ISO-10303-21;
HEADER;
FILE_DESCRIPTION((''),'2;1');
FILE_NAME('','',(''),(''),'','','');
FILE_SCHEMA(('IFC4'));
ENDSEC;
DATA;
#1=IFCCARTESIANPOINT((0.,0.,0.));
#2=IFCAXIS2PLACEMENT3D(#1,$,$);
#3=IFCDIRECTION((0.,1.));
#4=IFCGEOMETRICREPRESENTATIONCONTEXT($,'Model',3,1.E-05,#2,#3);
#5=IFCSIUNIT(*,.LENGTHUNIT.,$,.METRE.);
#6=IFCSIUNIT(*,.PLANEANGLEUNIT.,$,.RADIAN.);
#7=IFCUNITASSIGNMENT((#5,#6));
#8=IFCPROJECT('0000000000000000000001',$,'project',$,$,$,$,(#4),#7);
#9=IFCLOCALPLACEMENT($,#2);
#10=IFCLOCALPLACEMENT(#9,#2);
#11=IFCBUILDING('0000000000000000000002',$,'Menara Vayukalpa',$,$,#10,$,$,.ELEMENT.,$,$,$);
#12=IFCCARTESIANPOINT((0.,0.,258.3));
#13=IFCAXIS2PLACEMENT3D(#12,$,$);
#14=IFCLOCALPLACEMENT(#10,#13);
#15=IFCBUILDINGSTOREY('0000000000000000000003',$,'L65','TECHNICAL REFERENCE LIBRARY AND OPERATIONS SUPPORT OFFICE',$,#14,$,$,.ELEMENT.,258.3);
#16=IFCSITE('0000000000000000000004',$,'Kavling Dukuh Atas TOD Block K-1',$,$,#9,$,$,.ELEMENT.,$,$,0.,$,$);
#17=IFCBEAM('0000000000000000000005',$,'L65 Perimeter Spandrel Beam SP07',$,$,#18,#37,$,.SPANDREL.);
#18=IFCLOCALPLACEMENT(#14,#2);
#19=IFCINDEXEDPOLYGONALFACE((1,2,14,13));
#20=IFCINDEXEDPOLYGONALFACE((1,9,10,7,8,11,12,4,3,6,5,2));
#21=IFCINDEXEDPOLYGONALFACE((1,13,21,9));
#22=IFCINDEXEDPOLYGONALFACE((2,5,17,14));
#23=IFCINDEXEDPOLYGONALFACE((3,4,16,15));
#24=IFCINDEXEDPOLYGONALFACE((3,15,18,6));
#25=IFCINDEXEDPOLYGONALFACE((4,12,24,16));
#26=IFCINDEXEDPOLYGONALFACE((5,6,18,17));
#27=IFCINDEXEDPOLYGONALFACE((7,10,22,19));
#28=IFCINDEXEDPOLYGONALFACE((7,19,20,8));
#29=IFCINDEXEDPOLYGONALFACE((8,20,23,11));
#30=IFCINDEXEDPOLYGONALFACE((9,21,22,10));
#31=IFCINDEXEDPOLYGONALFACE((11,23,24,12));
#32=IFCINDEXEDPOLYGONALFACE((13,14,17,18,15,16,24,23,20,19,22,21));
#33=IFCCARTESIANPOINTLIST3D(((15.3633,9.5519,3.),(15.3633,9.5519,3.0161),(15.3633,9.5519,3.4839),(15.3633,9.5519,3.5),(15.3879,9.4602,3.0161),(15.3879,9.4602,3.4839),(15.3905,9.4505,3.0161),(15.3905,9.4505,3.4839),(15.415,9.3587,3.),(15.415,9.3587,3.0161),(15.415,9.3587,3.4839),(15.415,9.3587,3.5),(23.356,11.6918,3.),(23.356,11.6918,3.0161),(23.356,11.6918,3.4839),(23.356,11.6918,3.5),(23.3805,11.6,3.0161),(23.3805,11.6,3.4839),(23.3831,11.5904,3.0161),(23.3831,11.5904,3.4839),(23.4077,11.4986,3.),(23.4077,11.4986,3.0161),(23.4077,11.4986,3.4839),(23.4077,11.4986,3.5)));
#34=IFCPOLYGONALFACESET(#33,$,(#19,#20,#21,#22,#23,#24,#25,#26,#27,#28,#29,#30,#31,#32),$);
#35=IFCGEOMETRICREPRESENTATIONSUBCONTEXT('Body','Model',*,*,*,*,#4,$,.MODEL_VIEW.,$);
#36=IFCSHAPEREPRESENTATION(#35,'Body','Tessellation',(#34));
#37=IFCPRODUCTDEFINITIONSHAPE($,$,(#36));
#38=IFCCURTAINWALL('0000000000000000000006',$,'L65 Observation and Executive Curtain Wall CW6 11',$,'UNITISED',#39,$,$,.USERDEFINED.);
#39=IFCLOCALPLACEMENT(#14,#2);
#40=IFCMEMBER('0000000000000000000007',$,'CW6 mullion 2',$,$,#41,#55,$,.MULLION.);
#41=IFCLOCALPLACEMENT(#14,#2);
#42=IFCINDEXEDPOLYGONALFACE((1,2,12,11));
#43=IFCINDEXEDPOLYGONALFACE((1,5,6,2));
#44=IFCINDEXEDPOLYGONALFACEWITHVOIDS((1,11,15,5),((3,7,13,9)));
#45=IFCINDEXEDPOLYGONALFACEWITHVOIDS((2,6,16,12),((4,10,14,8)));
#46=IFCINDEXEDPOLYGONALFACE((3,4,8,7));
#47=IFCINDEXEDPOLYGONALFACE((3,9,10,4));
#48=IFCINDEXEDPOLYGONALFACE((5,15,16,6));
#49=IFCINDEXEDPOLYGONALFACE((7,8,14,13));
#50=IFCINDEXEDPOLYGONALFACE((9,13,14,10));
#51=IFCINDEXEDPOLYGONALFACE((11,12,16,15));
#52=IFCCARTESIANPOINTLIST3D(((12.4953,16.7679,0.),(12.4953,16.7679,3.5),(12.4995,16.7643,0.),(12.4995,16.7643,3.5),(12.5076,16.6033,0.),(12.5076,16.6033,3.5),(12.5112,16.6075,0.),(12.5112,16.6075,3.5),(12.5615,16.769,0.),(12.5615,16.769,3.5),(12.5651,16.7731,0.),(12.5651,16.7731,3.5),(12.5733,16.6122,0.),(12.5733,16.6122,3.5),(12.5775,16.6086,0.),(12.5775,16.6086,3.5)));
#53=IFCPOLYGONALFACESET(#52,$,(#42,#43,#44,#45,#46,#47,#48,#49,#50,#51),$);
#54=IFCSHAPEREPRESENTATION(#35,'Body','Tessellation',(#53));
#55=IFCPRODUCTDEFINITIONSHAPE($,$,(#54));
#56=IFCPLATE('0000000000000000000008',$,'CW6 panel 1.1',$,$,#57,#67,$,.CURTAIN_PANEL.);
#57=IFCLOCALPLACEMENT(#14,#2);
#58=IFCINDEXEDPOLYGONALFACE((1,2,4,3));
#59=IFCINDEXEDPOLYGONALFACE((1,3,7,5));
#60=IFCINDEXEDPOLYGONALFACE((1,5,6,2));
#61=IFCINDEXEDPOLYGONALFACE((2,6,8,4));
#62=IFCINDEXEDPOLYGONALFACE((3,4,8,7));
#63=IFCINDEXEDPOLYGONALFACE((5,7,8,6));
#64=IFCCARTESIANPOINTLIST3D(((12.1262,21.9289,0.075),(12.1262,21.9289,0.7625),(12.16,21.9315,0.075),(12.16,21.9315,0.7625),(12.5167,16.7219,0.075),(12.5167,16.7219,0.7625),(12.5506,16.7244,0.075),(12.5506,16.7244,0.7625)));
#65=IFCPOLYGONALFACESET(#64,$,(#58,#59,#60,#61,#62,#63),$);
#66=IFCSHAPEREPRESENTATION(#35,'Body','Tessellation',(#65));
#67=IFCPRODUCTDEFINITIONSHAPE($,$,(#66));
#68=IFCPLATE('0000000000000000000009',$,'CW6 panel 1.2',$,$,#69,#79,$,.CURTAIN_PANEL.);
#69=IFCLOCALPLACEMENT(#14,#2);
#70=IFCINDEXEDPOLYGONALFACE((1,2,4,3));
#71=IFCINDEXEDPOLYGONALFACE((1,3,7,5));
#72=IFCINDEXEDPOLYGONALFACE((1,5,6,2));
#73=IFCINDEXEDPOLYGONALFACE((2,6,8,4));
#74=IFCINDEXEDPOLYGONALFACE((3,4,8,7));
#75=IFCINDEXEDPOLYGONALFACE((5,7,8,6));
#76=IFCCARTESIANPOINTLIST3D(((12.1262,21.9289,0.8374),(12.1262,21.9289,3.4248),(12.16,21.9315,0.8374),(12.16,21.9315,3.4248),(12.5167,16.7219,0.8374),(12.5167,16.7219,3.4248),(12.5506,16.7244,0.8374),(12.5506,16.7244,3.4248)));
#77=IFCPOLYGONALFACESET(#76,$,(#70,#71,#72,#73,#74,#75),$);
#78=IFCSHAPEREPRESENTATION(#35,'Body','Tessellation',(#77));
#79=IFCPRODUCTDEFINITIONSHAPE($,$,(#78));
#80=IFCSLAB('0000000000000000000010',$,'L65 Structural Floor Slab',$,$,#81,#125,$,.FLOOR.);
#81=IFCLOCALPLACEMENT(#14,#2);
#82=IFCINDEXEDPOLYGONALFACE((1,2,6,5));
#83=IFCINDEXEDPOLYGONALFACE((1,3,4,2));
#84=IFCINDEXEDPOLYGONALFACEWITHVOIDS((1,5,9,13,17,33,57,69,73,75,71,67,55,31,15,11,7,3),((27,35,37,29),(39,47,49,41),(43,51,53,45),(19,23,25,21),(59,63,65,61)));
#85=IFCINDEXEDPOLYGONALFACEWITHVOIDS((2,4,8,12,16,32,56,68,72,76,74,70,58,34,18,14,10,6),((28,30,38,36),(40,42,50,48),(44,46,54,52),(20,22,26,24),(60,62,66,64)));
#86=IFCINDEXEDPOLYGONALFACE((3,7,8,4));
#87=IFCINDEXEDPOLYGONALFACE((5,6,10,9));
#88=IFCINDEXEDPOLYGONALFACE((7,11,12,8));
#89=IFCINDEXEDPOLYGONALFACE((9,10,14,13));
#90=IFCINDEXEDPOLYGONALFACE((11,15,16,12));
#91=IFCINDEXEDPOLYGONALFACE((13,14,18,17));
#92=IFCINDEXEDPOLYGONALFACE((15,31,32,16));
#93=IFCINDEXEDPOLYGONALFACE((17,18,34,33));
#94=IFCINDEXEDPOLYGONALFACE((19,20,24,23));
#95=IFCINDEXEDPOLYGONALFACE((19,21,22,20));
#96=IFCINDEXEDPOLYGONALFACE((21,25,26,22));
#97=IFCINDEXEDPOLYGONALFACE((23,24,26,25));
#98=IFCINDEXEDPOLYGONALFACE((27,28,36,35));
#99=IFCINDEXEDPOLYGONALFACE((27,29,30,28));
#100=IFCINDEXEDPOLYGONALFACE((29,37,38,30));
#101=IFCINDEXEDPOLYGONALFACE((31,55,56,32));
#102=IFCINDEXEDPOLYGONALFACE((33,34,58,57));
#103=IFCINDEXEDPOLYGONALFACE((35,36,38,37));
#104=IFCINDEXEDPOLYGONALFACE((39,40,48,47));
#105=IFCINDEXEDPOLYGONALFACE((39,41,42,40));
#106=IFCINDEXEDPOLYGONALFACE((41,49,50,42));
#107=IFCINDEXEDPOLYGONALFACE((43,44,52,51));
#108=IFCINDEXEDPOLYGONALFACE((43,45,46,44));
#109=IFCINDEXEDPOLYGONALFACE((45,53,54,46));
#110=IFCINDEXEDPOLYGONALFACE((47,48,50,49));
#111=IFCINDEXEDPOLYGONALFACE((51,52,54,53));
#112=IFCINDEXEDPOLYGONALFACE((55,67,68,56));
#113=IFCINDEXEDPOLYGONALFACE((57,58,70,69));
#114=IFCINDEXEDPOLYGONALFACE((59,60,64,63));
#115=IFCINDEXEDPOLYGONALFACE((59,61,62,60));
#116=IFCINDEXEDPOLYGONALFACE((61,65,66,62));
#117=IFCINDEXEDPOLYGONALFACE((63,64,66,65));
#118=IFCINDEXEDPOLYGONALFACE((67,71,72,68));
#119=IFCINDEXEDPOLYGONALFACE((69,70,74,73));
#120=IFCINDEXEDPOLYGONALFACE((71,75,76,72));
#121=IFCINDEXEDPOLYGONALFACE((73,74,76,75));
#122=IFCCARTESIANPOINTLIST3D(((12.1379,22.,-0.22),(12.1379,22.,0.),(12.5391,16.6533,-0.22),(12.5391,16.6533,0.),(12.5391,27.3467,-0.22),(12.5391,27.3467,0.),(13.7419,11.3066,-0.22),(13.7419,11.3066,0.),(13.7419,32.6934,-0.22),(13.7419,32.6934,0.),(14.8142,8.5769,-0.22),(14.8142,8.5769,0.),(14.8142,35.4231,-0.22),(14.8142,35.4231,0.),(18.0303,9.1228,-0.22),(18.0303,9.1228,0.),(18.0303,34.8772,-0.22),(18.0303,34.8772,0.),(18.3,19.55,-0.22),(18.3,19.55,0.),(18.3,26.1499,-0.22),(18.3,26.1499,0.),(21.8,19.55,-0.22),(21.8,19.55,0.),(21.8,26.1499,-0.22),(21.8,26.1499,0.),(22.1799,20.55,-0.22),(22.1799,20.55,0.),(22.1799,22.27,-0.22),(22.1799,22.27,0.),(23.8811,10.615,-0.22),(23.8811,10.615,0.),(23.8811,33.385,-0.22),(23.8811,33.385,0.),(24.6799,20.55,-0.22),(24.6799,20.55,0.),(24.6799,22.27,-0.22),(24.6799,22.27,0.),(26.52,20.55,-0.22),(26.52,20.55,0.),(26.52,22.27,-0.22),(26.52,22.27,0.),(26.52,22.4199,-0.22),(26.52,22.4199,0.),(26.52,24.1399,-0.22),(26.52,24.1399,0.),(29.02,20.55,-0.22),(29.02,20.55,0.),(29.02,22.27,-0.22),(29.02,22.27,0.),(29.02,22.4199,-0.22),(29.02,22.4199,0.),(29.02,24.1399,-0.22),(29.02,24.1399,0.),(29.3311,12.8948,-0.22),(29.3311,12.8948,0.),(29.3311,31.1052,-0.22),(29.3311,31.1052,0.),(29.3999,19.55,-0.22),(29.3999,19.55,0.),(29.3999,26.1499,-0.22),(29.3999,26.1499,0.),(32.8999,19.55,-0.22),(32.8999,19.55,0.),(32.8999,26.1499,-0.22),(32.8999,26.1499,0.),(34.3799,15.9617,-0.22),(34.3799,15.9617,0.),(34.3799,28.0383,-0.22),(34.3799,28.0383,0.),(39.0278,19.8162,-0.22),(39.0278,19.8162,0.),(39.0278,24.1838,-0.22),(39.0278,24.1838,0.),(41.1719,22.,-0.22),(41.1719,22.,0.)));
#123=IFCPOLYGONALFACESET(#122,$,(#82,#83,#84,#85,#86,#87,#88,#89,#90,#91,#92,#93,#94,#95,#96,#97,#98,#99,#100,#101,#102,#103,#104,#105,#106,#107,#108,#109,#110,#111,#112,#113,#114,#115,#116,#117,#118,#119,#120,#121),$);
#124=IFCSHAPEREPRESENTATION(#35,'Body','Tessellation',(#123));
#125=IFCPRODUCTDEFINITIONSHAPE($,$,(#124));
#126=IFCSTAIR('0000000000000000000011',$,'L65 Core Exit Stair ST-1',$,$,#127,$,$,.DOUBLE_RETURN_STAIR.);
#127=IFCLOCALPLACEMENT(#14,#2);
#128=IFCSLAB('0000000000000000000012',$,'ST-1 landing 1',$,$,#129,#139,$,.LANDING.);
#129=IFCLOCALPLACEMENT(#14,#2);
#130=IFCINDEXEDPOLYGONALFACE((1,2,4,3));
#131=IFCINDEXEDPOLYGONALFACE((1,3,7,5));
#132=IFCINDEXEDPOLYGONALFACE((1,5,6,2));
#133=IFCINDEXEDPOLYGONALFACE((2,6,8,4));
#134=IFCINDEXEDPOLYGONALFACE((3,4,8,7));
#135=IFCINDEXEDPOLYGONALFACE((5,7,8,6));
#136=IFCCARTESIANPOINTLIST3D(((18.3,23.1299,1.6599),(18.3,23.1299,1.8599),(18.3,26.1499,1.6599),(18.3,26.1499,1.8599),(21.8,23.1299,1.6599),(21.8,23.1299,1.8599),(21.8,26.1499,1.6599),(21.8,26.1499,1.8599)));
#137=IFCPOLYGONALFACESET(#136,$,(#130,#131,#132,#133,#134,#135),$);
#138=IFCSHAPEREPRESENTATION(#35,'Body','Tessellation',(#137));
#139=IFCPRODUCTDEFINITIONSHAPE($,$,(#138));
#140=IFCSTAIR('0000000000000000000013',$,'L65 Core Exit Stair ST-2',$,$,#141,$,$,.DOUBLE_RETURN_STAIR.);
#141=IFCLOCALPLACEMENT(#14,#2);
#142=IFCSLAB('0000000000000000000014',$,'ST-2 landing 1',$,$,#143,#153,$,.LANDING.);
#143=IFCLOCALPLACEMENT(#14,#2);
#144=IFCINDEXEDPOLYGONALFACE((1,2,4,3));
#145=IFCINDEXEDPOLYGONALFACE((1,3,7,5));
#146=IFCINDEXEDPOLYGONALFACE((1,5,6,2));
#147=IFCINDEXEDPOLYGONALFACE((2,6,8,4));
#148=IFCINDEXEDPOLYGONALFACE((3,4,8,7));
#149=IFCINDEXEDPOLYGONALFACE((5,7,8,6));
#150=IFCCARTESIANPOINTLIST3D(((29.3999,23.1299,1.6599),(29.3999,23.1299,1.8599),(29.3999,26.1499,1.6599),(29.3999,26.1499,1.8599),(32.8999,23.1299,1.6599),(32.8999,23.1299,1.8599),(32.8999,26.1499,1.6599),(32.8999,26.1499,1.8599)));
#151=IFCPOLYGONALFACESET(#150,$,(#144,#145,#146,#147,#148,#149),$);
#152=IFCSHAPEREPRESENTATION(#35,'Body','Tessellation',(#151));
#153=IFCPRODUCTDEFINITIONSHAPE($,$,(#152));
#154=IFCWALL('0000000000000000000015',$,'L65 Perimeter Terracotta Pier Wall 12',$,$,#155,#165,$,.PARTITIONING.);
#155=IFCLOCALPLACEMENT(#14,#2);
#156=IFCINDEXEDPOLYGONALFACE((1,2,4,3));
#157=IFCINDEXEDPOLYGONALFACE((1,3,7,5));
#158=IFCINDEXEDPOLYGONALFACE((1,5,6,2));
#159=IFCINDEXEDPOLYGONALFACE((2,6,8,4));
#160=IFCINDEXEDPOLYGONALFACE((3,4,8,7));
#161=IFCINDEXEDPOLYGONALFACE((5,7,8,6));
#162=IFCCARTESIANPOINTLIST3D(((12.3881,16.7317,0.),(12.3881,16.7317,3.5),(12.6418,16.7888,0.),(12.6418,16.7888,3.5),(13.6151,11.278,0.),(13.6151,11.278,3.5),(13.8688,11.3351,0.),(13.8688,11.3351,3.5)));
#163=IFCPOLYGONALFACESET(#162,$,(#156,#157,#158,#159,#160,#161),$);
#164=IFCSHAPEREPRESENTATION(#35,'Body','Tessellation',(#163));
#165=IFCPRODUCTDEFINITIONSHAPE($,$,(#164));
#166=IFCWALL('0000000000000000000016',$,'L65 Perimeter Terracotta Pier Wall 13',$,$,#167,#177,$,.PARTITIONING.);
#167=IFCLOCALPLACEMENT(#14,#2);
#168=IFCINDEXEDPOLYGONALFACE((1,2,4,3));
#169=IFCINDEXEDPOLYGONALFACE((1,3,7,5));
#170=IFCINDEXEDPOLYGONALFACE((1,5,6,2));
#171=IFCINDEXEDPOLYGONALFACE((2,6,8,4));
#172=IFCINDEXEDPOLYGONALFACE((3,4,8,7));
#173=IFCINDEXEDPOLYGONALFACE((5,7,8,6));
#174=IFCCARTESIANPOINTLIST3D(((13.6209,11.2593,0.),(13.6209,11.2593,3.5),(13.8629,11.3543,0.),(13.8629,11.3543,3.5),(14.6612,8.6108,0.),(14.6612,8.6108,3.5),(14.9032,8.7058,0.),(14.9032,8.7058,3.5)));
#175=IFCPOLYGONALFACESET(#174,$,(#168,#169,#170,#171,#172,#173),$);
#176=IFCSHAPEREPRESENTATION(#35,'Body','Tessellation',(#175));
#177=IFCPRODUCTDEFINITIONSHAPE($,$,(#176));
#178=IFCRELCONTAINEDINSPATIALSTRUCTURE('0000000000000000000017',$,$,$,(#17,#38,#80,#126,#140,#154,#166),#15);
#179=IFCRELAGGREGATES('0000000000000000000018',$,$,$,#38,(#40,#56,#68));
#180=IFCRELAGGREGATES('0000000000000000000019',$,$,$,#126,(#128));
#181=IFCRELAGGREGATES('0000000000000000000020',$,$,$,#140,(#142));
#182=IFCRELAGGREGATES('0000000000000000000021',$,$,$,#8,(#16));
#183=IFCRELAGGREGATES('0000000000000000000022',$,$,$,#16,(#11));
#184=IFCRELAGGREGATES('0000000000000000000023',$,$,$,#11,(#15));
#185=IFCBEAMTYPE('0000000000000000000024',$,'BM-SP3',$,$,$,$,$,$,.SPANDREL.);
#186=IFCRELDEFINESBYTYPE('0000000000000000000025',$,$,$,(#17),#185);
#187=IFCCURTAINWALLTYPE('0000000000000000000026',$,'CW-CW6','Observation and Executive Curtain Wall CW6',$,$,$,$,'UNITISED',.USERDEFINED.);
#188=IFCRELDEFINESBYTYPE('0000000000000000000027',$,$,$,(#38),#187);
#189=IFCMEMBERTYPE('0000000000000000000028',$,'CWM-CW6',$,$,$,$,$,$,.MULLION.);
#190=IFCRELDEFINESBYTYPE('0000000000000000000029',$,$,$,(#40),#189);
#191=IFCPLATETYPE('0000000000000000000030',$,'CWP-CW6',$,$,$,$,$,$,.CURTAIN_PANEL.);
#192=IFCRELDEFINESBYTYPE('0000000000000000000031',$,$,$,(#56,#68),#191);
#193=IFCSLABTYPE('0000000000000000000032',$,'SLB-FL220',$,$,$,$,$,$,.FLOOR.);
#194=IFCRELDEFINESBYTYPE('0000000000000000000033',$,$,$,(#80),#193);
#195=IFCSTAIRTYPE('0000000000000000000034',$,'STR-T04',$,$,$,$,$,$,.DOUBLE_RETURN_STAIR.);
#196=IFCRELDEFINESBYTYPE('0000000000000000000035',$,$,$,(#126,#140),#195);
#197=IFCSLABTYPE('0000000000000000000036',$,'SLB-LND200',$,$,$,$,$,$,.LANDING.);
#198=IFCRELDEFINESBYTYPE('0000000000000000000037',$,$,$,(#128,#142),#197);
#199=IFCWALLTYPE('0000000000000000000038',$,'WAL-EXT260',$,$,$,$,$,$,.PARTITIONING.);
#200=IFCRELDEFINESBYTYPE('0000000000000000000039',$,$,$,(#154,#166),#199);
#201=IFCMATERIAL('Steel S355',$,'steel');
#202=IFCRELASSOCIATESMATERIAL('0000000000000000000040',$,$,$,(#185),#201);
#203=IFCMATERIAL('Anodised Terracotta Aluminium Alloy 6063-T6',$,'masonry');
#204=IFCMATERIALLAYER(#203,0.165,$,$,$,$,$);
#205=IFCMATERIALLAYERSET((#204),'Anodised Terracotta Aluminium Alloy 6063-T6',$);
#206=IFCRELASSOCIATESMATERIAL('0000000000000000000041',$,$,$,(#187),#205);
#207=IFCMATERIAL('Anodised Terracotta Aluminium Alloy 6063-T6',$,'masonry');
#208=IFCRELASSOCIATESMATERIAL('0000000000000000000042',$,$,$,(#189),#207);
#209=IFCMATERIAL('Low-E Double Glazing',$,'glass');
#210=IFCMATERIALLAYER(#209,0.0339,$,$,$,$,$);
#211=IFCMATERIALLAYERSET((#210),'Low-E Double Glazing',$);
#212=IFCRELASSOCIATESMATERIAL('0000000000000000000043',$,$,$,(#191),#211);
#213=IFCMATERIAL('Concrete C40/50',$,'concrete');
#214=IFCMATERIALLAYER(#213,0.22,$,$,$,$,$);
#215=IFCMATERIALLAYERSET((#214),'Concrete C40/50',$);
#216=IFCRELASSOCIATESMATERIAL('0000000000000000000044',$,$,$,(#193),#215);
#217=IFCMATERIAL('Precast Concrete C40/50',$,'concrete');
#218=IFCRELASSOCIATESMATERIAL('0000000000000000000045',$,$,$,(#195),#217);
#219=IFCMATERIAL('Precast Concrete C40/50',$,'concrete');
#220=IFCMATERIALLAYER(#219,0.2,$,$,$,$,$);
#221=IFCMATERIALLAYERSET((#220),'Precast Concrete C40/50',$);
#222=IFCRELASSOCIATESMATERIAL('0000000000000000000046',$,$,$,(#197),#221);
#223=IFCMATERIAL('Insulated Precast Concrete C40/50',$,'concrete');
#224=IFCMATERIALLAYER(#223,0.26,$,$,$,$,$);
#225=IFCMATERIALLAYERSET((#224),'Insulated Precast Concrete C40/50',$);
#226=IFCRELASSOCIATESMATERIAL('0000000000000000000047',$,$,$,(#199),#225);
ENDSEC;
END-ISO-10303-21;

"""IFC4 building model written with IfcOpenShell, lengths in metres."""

from ifc_helpers import new_model, si_unit, direction, frame, frame_2d, origin, origin_2d, place, context, subcontext, project, spatial, polyline, rectangle, hollow_rectangle, i_section, outline, extrude, material, layer, layer_set, material_profile, profile_set, type_object, element, aggregate, save


model = new_model("IFC4")

# Units and contexts
model_context = context("Model", 3, precision=1e-05, world=origin(), true_north=direction((0.0, 1.0)))
body_context = subcontext(model_context, "Body", "Model", "MODEL_VIEW")
ifc_project = project(units=[si_unit("LENGTHUNIT", "METRE"), si_unit("PLANEANGLEUNIT", "RADIAN")], contexts=[model_context])

# Site, building, storey
site_placement = place(None, origin())
site = spatial("IfcSite", under=ifc_project, at=site_placement, Name="Kavling Dukuh Atas TOD Block K-1", CompositionType="ELEMENT", RefElevation=0.0)
building_placement = place(site_placement, origin())
building = spatial("IfcBuilding", under=site, at=building_placement, Name="Menara Vayukalpa", CompositionType="ELEMENT")
storey_placement = place(building_placement, frame((0.0, 0.0, 258.3)))
storey = spatial("IfcBuildingStorey", under=building, at=storey_placement, Name="L65", Description="TECHNICAL REFERENCE LIBRARY AND OPERATIONS SUPPORT OFFICE", CompositionType="ELEMENT", Elevation=258.3)

# Beam
ifc_material_1 = material(Name="Steel S355", Category="steel")
ifc_material_profile_1 = material_profile(ifc_material_1, i_section(OverallWidth=0.2, OverallDepth=0.5, WebThickness=0.01, FlangeThickness=0.0161, at=origin_2d()), Name="WF 500x200x10x16")
ifc_profile_set_1 = profile_set([ifc_material_profile_1], Name="Steel S355")
beam_type_1 = type_object("IfcBeamType", Name="BM-SP3", PredefinedType="SPANDREL", material=ifc_profile_set_1)
beam_1_placement = place(storey_placement, frame((15.3892, 9.4553, 3.25), z_axis=(0.965978, 0.258623, 0.0), x_axis=(-0.258623, 0.965978, 0.0)))
element("IfcBeam", 1, at=beam_1_placement, inside=storey, type_object=beam_type_1, Name="L65 Perimeter Spandrel Beam SP07", PredefinedType="SPANDREL", context=body_context, shape_type="SweptSolid", body=[
    extrude(i_section(OverallWidth=0.2, OverallDepth=0.5, WebThickness=0.01, FlangeThickness=0.0161, at=origin_2d()), origin(), (0.0, 0.0, 1.0), 8.2742),
])

# Curtain wall, member, plates
ifc_material_2 = material(Name="Anodised Terracotta Aluminium Alloy 6063-T6", Category="masonry")
ifc_layer_1 = layer(ifc_material_2, 0.165)
ifc_layer_set_1 = layer_set([ifc_layer_1], Name="Anodised Terracotta Aluminium Alloy 6063-T6")
curtain_wall_type = type_object("IfcCurtainWallType", Name="CW-CW6", Description="Observation and Executive Curtain Wall CW6", ElementType="UNITISED", PredefinedType="USERDEFINED", material=ifc_layer_set_1)
curtain_wall_placement = place(storey_placement, origin())
curtain_wall = element("IfcCurtainWall", 2, at=curtain_wall_placement, inside=storey, type_object=curtain_wall_type, Name="L65 Observation and Executive Curtain Wall CW6 11", ObjectType="UNITISED", PredefinedType="USERDEFINED")
ifc_material_3 = material(Name="Anodised Terracotta Aluminium Alloy 6063-T6", Category="masonry")
ifc_material_profile_2 = material_profile(ifc_material_3, hollow_rectangle(XDim=0.0701, YDim=0.165, WallThickness=0.0039, at=origin_2d()), Name="ALU 70x165x4")
ifc_profile_set_2 = profile_set([ifc_material_profile_2], Name="Anodised Terracotta Aluminium Alloy 6063-T6")
member_type = type_object("IfcMemberType", Name="CWM-CW6", PredefinedType="MULLION", material=ifc_profile_set_2)
member_placement = place(storey_placement, frame((12.5364, 16.6882, 0.0), z_axis=(0.0, 0.0, 1.0), x_axis=(0.997199, 0.074789, 0.0)))
member = element("IfcMember", 3, at=member_placement, type_object=member_type, Name="CW6 mullion 2", PredefinedType="MULLION", context=body_context, shape_type="SweptSolid", body=[
    extrude(hollow_rectangle(XDim=0.0701, YDim=0.165, WallThickness=0.0039, at=origin_2d()), origin(), (0.0, 0.0, 1.0), 3.5),
])
ifc_material_4 = material(Name="Low-E Double Glazing", Category="glass")
ifc_layer_2 = layer(ifc_material_4, 0.0339)
ifc_layer_set_2 = layer_set([ifc_layer_2], Name="Low-E Double Glazing")
plate_type = type_object("IfcPlateType", Name="CWP-CW6", PredefinedType="CURTAIN_PANEL", material=ifc_layer_set_2)
plate_1_placement = place(storey_placement, frame((12.3384, 19.3267, 0.075), z_axis=(0.0, 0.0, 1.0), x_axis=(0.074789, -0.997199, 0.0)))
plate_1 = element("IfcPlate", 4, at=plate_1_placement, type_object=plate_type, Name="CW6 panel 1.1", PredefinedType="CURTAIN_PANEL", context=body_context, shape_type="SweptSolid", body=[
    extrude(rectangle(XDim=5.2217, YDim=0.0339, at=origin_2d()), origin(), (0.0, 0.0, 1.0), 0.6875),
])
plate_2_placement = place(storey_placement, frame((12.3384, 19.3267, 0.8374), z_axis=(0.0, 0.0, 1.0), x_axis=(0.074789, -0.997199, 0.0)))
plate_2 = element("IfcPlate", 5, at=plate_2_placement, type_object=plate_type, Name="CW6 panel 1.2", PredefinedType="CURTAIN_PANEL", context=body_context, shape_type="SweptSolid", body=[
    extrude(rectangle(XDim=5.2217, YDim=0.0339, at=origin_2d()), origin(), (0.0, 0.0, 1.0), 2.5874),
])
aggregate(curtain_wall, [member, plate_1, plate_2])

# Slab
ifc_material_5 = material(Name="Concrete C40/50", Category="concrete")
ifc_layer_3 = layer(ifc_material_5, 0.22)
ifc_layer_set_3 = layer_set([ifc_layer_3], Name="Concrete C40/50")
slab_type_1 = type_object("IfcSlabType", Name="SLB-FL220", PredefinedType="FLOOR", material=ifc_layer_set_3)
slab_1_placement = place(storey_placement, frame((0.0, 0.0, -0.22)))
element("IfcSlab", 6, at=slab_1_placement, inside=storey, type_object=slab_type_1, Name="L65 Structural Floor Slab", PredefinedType="FLOOR", context=body_context, shape_type="SweptSolid", body=[
    extrude(outline(polyline([(39.0278, 19.8162), (41.1719, 22.0), (39.0278, 24.1838), (34.3799, 28.0383), (29.3311, 31.1052), (23.8811, 33.385), (18.0303, 34.8772), (14.8142, 35.4231), (13.7419, 32.6934), (12.5391, 27.3467), (12.1379, 22.0), (12.5391, 16.6533), (13.7419, 11.3066), (14.8142, 8.5769), (18.0303, 9.1228), (23.8811, 10.615), (29.3311, 12.8948), (34.3799, 15.9617), (39.0278, 19.8162)]), holes=[polyline([(21.8, 19.55), (21.8, 26.1499), (18.3, 26.1499), (18.3, 19.55), (21.8, 19.55)]), polyline([(32.8999, 19.55), (32.8999, 26.1499), (29.3999, 26.1499), (29.3999, 19.55), (32.8999, 19.55)]), polyline([(22.1799, 20.55), (24.6799, 20.55), (24.6799, 22.27), (22.1799, 22.27), (22.1799, 20.55)]), polyline([(26.52, 20.55), (29.02, 20.55), (29.02, 22.27), (26.52, 22.27), (26.52, 20.55)]), polyline([(26.52, 22.4199), (29.02, 22.4199), (29.02, 24.1399), (26.52, 24.1399), (26.52, 22.4199)])]), origin(), (0.0, 0.0, 1.0), 0.22),
])

# Stairs, slabs
ifc_material_6 = material(Name="Precast Concrete C40/50", Category="concrete")
stair_type = type_object("IfcStairType", Name="STR-T04", PredefinedType="DOUBLE_RETURN_STAIR", material=ifc_material_6)
stair_1_placement = place(storey_placement, origin())
stair_1 = element("IfcStair", 7, at=stair_1_placement, inside=storey, type_object=stair_type, Name="L65 Core Exit Stair ST-1", PredefinedType="DOUBLE_RETURN_STAIR")
ifc_material_7 = material(Name="Precast Concrete C40/50", Category="concrete")
ifc_layer_4 = layer(ifc_material_7, 0.2)
ifc_layer_set_4 = layer_set([ifc_layer_4], Name="Precast Concrete C40/50")
slab_type_2 = type_object("IfcSlabType", Name="SLB-LND200", PredefinedType="LANDING", material=ifc_layer_set_4)
slab_2_placement = place(storey_placement, frame((0.0, 0.0, 1.6599)))
slab_2 = element("IfcSlab", 8, at=slab_2_placement, type_object=slab_type_2, Name="ST-1 landing 1", PredefinedType="LANDING", context=body_context, shape_type="SweptSolid", body=[
    extrude(outline(polyline([(21.8, 23.1299), (21.8, 26.1499), (18.3, 26.1499), (18.3, 23.1299), (21.8, 23.1299)])), origin(), (0.0, 0.0, 1.0), 0.2),
])
aggregate(stair_1, [slab_2])
stair_2_placement = place(storey_placement, origin())
stair_2 = element("IfcStair", 9, at=stair_2_placement, inside=storey, type_object=stair_type, Name="L65 Core Exit Stair ST-2", PredefinedType="DOUBLE_RETURN_STAIR")
slab_3_placement = place(storey_placement, frame((0.0, 0.0, 1.6599)))
slab_3 = element("IfcSlab", 10, at=slab_3_placement, type_object=slab_type_2, Name="ST-2 landing 1", PredefinedType="LANDING", context=body_context, shape_type="SweptSolid", body=[
    extrude(outline(polyline([(32.8999, 23.1299), (32.8999, 26.1499), (29.3999, 26.1499), (29.3999, 23.1299), (32.8999, 23.1299)])), origin(), (0.0, 0.0, 1.0), 0.2),
])
aggregate(stair_2, [slab_3])

# Walls
ifc_material_8 = material(Name="Insulated Precast Concrete C40/50", Category="concrete")
ifc_layer_5 = layer(ifc_material_8, 0.26)
ifc_layer_set_5 = layer_set([ifc_layer_5], Name="Insulated Precast Concrete C40/50")
wall_type_1 = type_object("IfcWallType", Name="WAL-EXT260", PredefinedType="PARTITIONING", material=ifc_layer_set_5)
wall_1_placement = place(storey_placement, frame((13.7419, 11.3066, 0.0), z_axis=(0.0, 0.0, 1.0), x_axis=(-0.219501, 0.975612, 0.0)))
element("IfcWall", 11, at=wall_1_placement, inside=storey, type_object=wall_type_1, Name="L65 Perimeter Terracotta Pier Wall 12", PredefinedType="PARTITIONING", context=body_context, shape_type="SweptSolid", body=[
    extrude(rectangle(XDim=5.5901, YDim=0.26, at=frame_2d((2.7949, 0.0))), origin(), (0.0, 0.0, 1.0), 3.5),
])
wall_2_placement = place(storey_placement, frame((14.7822, 8.6582, 0.0), z_axis=(0.0, 0.0, 1.0), x_axis=(-0.365599, 0.930772, 0.0)))
element("IfcWall", 12, at=wall_2_placement, inside=storey, type_object=wall_type_1, Name="L65 Perimeter Terracotta Pier Wall 13", PredefinedType="PARTITIONING", context=body_context, shape_type="SweptSolid", body=[
    extrude(rectangle(XDim=2.8455, YDim=0.26, at=frame_2d((1.4229, 0.0))), origin(), (0.0, 0.0, 1.0), 3.5),
])

save(model, "model.ifc")
